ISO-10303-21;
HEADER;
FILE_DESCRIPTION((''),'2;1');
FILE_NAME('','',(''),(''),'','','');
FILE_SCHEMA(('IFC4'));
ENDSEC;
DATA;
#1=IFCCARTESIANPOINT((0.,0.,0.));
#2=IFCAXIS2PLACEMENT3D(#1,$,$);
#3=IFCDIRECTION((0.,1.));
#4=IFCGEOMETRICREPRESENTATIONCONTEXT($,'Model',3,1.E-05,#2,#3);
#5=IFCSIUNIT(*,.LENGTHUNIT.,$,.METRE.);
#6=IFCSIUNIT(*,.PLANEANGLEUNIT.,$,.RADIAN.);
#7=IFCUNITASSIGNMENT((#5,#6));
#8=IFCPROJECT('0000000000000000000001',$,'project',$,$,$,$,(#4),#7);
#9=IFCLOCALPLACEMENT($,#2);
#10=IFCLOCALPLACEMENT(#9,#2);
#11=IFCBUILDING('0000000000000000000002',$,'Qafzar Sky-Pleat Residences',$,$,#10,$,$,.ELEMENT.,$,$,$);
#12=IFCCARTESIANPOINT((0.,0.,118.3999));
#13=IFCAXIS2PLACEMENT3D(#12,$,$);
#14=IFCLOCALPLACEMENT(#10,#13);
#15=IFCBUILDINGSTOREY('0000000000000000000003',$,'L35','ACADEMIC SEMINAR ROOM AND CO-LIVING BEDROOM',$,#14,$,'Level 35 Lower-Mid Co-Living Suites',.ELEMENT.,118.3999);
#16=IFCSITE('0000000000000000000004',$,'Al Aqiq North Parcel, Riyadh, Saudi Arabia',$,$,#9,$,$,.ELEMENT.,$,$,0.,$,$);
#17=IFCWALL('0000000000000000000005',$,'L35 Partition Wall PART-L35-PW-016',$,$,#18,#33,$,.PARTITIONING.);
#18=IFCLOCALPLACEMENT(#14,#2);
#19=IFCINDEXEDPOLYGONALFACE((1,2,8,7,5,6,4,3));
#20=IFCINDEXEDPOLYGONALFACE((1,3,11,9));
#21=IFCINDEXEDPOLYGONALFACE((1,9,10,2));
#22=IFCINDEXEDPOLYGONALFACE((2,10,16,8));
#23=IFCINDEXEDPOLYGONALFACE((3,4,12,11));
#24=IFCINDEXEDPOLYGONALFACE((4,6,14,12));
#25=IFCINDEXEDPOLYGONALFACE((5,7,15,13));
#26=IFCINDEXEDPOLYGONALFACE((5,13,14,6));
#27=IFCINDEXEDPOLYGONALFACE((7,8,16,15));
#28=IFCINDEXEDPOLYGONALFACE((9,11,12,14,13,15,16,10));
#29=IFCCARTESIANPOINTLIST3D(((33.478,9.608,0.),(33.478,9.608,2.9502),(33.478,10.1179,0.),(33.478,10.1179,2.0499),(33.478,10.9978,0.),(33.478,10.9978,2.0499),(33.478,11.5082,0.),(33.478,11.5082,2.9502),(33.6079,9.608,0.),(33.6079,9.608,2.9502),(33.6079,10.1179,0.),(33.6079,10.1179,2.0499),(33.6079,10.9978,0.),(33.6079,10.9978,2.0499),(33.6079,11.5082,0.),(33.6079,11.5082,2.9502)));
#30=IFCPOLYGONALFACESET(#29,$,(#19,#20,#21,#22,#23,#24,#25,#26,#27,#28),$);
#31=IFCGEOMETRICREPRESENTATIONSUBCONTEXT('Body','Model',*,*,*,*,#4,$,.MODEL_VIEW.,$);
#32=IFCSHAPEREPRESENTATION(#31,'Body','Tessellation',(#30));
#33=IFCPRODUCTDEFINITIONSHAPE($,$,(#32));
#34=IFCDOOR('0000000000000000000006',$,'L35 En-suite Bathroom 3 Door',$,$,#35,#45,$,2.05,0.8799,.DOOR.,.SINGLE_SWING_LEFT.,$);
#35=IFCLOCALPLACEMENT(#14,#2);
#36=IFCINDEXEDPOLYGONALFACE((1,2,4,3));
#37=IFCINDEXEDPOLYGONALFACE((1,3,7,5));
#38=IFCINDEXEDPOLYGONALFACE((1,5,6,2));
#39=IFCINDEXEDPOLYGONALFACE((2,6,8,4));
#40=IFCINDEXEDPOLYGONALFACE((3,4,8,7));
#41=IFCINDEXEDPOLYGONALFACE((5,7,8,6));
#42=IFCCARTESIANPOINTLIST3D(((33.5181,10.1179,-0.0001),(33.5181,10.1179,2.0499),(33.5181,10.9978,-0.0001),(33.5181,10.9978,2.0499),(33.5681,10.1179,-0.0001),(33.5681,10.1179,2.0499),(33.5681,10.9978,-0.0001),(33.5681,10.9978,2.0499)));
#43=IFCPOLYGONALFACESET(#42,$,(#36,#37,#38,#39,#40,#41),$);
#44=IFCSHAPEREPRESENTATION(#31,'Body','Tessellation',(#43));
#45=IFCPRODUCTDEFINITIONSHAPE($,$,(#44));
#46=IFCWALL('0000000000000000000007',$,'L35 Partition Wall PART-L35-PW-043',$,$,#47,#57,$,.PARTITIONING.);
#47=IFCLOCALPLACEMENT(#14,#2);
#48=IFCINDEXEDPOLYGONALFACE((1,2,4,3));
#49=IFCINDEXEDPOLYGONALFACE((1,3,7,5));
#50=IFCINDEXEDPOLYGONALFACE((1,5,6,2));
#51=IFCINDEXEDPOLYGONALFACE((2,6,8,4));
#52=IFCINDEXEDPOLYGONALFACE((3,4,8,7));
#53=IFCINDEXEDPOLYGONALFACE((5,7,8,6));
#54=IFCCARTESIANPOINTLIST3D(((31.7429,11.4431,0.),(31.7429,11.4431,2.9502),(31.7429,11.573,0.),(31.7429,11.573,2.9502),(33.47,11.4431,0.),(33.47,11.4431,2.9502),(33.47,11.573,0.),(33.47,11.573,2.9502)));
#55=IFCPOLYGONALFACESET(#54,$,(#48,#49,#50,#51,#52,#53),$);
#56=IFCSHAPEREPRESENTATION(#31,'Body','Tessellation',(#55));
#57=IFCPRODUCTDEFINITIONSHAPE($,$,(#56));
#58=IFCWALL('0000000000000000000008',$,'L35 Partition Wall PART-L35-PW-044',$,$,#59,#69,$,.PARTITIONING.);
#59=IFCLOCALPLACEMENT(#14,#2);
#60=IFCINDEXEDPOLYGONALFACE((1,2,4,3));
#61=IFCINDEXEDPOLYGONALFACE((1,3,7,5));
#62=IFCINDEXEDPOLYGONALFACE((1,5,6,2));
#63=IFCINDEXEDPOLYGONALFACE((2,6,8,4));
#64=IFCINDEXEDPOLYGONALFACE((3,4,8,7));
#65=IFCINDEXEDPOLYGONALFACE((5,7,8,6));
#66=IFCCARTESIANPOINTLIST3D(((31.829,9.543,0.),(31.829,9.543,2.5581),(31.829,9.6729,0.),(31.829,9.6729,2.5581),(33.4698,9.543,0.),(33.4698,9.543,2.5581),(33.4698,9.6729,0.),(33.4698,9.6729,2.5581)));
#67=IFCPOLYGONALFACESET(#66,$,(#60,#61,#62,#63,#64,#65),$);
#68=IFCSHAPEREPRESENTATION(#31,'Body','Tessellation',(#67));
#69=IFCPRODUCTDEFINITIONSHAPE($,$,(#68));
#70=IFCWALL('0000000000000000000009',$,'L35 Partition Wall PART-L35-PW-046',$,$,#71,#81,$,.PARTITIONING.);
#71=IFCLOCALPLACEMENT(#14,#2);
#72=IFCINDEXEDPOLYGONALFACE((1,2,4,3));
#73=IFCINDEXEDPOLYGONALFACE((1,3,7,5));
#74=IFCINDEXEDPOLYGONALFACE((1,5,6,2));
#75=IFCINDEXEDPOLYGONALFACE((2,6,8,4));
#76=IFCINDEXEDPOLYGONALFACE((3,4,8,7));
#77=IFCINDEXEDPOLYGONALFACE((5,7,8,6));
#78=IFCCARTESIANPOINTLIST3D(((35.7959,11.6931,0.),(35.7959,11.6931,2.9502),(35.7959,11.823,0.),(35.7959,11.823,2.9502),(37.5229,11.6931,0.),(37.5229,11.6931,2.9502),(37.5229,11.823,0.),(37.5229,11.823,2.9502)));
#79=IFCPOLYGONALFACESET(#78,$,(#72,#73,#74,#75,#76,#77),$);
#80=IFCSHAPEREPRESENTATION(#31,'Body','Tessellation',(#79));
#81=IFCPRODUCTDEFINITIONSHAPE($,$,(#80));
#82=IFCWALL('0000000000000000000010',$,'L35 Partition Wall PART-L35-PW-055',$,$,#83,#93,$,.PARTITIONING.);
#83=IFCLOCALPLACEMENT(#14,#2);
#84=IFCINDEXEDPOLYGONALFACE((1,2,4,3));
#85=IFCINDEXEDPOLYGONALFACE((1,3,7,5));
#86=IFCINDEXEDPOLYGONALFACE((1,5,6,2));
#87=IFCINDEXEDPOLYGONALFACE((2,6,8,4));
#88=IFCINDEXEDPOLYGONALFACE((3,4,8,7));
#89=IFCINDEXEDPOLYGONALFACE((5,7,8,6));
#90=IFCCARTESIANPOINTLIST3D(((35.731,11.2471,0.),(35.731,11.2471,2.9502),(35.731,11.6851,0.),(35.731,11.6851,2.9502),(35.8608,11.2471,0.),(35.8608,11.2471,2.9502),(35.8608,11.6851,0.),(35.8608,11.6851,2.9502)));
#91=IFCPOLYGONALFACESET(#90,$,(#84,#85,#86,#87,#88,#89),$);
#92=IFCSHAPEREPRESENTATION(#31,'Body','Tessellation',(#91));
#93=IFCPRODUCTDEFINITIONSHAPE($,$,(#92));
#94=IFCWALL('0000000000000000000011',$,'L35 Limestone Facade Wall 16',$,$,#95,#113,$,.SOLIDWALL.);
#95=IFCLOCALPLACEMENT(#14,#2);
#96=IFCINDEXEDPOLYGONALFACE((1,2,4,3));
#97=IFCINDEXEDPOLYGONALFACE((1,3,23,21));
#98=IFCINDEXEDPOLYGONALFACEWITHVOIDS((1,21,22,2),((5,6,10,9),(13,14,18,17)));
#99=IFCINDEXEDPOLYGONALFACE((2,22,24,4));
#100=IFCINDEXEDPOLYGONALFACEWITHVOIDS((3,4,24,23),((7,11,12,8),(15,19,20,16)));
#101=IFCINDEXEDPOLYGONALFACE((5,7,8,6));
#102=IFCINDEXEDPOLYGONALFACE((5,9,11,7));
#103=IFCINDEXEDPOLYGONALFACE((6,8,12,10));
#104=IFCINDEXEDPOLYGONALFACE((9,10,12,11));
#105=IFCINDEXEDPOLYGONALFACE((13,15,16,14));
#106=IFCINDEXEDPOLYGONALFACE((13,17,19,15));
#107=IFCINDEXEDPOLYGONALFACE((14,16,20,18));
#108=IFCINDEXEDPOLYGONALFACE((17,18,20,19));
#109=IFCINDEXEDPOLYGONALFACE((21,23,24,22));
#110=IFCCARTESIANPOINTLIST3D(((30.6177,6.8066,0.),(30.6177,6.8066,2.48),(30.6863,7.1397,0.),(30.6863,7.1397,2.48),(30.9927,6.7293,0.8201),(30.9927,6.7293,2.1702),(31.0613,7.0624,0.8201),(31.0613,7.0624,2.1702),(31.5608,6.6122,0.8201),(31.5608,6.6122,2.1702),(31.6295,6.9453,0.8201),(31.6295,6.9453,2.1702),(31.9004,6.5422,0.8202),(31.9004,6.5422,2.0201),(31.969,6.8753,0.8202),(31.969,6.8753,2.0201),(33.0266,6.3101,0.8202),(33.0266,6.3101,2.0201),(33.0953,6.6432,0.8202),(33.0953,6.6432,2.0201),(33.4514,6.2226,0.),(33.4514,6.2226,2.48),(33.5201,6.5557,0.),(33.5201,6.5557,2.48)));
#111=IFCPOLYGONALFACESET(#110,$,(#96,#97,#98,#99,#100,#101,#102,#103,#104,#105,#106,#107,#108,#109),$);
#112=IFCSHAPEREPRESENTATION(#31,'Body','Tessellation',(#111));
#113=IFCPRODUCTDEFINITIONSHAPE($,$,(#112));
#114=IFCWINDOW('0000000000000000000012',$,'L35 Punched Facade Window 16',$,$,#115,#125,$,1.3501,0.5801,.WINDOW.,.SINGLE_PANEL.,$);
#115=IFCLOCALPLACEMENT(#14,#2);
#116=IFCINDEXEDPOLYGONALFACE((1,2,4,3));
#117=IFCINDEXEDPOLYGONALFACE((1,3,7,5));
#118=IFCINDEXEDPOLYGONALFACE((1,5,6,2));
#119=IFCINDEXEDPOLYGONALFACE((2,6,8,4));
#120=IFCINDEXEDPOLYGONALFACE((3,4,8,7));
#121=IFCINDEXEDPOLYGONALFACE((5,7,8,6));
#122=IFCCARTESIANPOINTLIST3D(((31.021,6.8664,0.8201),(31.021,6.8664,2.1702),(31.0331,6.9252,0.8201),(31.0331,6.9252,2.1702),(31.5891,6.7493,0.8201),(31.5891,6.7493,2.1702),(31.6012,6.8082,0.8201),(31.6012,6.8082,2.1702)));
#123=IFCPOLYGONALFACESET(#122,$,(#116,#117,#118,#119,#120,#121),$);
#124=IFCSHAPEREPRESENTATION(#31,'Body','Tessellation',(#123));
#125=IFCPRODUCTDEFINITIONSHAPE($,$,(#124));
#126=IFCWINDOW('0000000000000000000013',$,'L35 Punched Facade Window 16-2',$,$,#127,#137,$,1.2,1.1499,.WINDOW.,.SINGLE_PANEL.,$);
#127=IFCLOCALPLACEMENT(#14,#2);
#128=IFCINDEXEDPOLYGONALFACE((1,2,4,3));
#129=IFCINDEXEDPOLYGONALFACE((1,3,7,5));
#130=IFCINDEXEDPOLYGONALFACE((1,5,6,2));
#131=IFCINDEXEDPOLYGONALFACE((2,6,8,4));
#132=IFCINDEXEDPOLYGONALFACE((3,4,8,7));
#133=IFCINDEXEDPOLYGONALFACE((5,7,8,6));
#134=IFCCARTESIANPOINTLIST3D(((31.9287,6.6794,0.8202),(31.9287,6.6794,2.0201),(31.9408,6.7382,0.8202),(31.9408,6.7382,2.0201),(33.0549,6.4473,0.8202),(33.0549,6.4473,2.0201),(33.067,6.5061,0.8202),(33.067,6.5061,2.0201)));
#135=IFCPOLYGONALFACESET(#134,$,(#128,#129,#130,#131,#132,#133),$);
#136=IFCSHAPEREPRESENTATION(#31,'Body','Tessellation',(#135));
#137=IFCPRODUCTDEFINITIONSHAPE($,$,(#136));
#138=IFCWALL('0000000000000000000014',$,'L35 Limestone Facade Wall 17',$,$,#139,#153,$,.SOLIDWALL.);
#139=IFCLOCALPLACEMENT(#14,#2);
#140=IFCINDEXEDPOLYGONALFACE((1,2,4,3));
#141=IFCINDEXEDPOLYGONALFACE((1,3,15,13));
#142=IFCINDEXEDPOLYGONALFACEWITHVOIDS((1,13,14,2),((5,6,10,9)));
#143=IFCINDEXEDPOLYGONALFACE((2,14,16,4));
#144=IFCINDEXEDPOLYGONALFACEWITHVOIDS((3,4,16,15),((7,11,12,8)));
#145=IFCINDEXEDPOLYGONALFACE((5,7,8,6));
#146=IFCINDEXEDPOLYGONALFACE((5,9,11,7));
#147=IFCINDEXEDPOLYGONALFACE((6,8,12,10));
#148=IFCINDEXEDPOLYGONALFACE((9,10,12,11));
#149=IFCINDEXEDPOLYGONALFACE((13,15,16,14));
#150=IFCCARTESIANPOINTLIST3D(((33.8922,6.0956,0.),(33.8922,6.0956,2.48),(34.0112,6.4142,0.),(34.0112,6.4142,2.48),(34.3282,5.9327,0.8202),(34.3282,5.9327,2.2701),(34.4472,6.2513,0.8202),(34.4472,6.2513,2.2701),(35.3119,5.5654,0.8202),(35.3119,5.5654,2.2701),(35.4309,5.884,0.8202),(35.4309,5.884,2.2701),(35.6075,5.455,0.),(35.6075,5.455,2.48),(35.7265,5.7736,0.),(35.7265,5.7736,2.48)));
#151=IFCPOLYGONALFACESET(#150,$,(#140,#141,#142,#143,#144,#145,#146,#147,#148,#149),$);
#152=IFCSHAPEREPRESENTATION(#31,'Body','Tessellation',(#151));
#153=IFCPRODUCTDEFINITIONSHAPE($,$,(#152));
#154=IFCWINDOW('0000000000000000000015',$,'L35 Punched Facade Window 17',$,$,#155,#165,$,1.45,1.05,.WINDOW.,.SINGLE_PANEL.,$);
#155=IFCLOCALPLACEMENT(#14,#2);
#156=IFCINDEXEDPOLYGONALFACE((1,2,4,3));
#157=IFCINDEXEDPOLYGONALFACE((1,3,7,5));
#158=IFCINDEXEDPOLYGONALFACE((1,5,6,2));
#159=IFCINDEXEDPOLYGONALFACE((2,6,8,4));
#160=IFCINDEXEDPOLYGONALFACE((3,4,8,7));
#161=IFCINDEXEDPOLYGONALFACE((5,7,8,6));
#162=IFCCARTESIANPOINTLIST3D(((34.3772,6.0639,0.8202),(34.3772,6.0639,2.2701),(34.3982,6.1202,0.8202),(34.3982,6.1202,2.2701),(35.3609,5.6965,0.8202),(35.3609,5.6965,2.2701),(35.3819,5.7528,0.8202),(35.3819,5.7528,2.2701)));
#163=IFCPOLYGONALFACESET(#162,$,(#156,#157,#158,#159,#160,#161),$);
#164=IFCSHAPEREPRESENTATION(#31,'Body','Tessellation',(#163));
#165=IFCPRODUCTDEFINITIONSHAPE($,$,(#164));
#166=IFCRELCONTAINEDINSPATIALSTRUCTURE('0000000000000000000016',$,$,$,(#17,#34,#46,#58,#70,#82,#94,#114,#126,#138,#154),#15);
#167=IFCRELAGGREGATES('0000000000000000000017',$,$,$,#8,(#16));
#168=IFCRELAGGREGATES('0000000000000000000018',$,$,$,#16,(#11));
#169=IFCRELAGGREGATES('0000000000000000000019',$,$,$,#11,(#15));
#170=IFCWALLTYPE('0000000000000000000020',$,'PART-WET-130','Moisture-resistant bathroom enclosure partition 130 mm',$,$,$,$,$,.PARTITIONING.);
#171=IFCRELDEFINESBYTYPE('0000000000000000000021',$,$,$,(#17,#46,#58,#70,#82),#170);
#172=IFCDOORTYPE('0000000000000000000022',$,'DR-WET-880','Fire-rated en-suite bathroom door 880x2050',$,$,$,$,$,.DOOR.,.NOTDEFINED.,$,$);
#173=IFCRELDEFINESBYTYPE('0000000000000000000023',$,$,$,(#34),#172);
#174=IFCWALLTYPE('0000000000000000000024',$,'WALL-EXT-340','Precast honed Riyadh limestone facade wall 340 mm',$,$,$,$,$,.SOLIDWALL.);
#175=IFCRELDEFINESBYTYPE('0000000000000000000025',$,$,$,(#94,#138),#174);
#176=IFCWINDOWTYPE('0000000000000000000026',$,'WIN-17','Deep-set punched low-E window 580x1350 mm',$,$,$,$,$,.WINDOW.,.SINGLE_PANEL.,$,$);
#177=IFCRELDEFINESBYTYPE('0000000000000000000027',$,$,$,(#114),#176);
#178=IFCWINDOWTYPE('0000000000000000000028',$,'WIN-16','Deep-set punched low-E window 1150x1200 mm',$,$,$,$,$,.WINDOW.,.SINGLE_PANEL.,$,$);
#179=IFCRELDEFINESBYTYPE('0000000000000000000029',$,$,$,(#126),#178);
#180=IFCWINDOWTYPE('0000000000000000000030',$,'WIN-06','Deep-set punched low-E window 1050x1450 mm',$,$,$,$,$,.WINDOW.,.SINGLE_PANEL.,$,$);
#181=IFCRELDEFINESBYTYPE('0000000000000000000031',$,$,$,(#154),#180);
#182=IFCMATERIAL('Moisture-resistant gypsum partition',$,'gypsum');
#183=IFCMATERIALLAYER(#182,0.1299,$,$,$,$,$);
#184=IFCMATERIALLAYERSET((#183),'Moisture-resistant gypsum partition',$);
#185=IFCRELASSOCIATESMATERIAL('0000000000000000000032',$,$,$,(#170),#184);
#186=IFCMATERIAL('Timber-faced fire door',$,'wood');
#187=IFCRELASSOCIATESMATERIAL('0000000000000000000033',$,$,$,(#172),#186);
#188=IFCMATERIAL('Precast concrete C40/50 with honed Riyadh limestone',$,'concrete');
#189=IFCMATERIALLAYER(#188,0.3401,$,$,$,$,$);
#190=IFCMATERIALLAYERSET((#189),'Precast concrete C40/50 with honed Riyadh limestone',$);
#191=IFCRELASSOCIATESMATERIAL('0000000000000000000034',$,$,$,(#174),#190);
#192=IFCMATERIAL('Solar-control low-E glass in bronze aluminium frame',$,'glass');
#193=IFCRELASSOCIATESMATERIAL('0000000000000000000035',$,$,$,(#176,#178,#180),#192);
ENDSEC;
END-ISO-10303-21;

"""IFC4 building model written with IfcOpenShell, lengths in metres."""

from ifc_helpers import new_model, si_unit, direction, frame, frame_2d, origin, place, context, subcontext, project, spatial, rectangle, extrude, source, transform, mapped, material, layer, layer_set, type_object, element, fill, save


model = new_model("IFC4")

# Units and contexts
model_context = context("Model", 3, precision=1e-05, world=origin(), true_north=direction((0.0, 1.0)))
body_context = subcontext(model_context, "Body", "Model", "MODEL_VIEW")
ifc_project = project(units=[si_unit("LENGTHUNIT", "METRE"), si_unit("PLANEANGLEUNIT", "RADIAN")], contexts=[model_context])

# Site, building, storey
site_placement = place(None, origin())
site = spatial("IfcSite", under=ifc_project, at=site_placement, Name="Al Aqiq North Parcel, Riyadh, Saudi Arabia", CompositionType="ELEMENT", RefElevation=0.0)
building_placement = place(site_placement, origin())
building = spatial("IfcBuilding", under=site, at=building_placement, Name="Qafzar Sky-Pleat Residences", CompositionType="ELEMENT")
storey_placement = place(building_placement, frame((0.0, 0.0, 118.3999)))
storey = spatial("IfcBuildingStorey", under=building, at=storey_placement, Name="L35", Description="ACADEMIC SEMINAR ROOM AND CO-LIVING BEDROOM", LongName="Level 35 Lower-Mid Co-Living Suites", CompositionType="ELEMENT", Elevation=118.3999)

# Wall, opening, door
ifc_material_1 = material(Name="Moisture-resistant gypsum partition", Category="gypsum")
ifc_layer_1 = layer(ifc_material_1, 0.1299)
ifc_layer_set_1 = layer_set([ifc_layer_1], Name="Moisture-resistant gypsum partition")
wall_type_1 = type_object("IfcWallType", Name="PART-WET-130", Description="Moisture-resistant bathroom enclosure partition 130 mm", PredefinedType="PARTITIONING", material=ifc_layer_set_1)
wall_1_placement = place(storey_placement, frame((33.543, 9.6079, 0.0), z_axis=(0.0, 0.0, 1.0), x_axis=(0.0, 1.0, 0.0)))
wall_1 = element("IfcWall", 1, at=wall_1_placement, inside=storey, type_object=wall_type_1, Name="L35 Partition Wall PART-L35-PW-016", PredefinedType="PARTITIONING", context=body_context, shape_type="SweptSolid", body=[
    extrude(rectangle(XDim=1.9001, YDim=0.1299, at=frame_2d((0.9502, 0.0))), origin(), (0.0, 0.0, 1.0), 2.9502),
])
opening_1_placement = place(wall_1_placement, frame((0.51, 0.0, 0.0)))
opening_1 = element("IfcOpeningElement", 2, at=opening_1_placement, cuts=wall_1, PredefinedType="OPENING", context=body_context, shape_type="SweptSolid", body=[
    extrude(rectangle(XDim=0.8799, YDim=2.05, at=frame_2d((0.4399, 1.0249))), frame((0.0, 0.075, 0.0), z_axis=(0.0, -1.0, 0.0), x_axis=(1.0, 0.0, 0.0)), (0.0, 0.0, 1.0), 0.1499),
])
ifc_material_2 = material(Name="Timber-faced fire door", Category="wood")
door_type = type_object("IfcDoorType", Name="DR-WET-880", Description="Fire-rated en-suite bathroom door 880x2050", OperationType="NOTDEFINED", PredefinedType="DOOR", material=ifc_material_2)
shared_shape_1 = source(origin(), body_context, "Body", "SweptSolid", [
    extrude(rectangle(XDim=0.8799, YDim=2.05, at=frame_2d((0.4399, 1.0249))), frame((0.0, 0.0249, 0.0), z_axis=(0.0, -1.0, 0.0), x_axis=(1.0, 0.0, 0.0)), (0.0, 0.0, 1.0), 0.05),
])
door_placement = place(opening_1_placement, origin())
door = element("IfcDoor", 3, at=door_placement, inside=storey, type_object=door_type, Name="L35 En-suite Bathroom 3 Door", OperationType="SINGLE_SWING_LEFT", OverallHeight=2.05, OverallWidth=0.8799, PredefinedType="DOOR", context=body_context, shape_type="MappedRepresentation", body=[
    mapped(shared_shape_1, transform((0.0, 0.0, 0.0), x_axis=(1.0, 0.0, 0.0), y_axis=(0.0, 1.0, 0.0), z_axis=(0.0, 0.0, 1.0), scale=1.0)),
])
fill(opening_1, door)

# Walls
wall_2_placement = place(storey_placement, frame((31.7429, 11.5081, 0.0), z_axis=(0.0, 0.0, 1.0), x_axis=(1.0, 0.0, 0.0)))
element("IfcWall", 4, at=wall_2_placement, inside=storey, type_object=wall_type_1, Name="L35 Partition Wall PART-L35-PW-043", PredefinedType="PARTITIONING", context=body_context, shape_type="SweptSolid", body=[
    extrude(rectangle(XDim=1.7271, YDim=0.1299, at=frame_2d((0.8635, 0.0))), origin(), (0.0, 0.0, 1.0), 2.9502),
])
wall_3_placement = place(storey_placement, frame((31.8291, 9.6079, 0.0), z_axis=(0.0, 0.0, 1.0), x_axis=(1.0, 0.0, 0.0)))
element("IfcWall", 5, at=wall_3_placement, inside=storey, type_object=wall_type_1, Name="L35 Partition Wall PART-L35-PW-044", PredefinedType="PARTITIONING", context=body_context, shape_type="SweptSolid", body=[
    extrude(rectangle(XDim=1.6409, YDim=0.1299, at=frame_2d((0.8203, 0.0))), origin(), (0.0, 0.0, 1.0), 2.5581),
])
wall_4_placement = place(storey_placement, frame((35.7959, 11.7581, 0.0), z_axis=(0.0, 0.0, 1.0), x_axis=(1.0, 0.0, 0.0)))
element("IfcWall", 6, at=wall_4_placement, inside=storey, type_object=wall_type_1, Name="L35 Partition Wall PART-L35-PW-046", PredefinedType="PARTITIONING", context=body_context, shape_type="SweptSolid", body=[
    extrude(rectangle(XDim=1.7271, YDim=0.1299, at=frame_2d((0.8635, 0.0))), origin(), (0.0, 0.0, 1.0), 2.9502),
])
wall_5_placement = place(storey_placement, frame((35.7959, 11.2471, 0.0), z_axis=(0.0, 0.0, 1.0), x_axis=(0.0, 1.0, 0.0)))
element("IfcWall", 7, at=wall_5_placement, inside=storey, type_object=wall_type_1, Name="L35 Partition Wall PART-L35-PW-055", PredefinedType="PARTITIONING", context=body_context, shape_type="SweptSolid", body=[
    extrude(rectangle(XDim=0.438, YDim=0.1299, at=frame_2d((0.219, 0.0))), origin(), (0.0, 0.0, 1.0), 2.9502),
])

# Wall, openings, windows
ifc_material_3 = material(Name="Precast concrete C40/50 with honed Riyadh limestone", Category="concrete")
ifc_layer_2 = layer(ifc_material_3, 0.3401)
ifc_layer_set_2 = layer_set([ifc_layer_2], Name="Precast concrete C40/50 with honed Riyadh limestone")
wall_type_2 = type_object("IfcWallType", Name="WALL-EXT-340", Description="Precast honed Riyadh limestone facade wall 340 mm", PredefinedType="SOLIDWALL", material=ifc_layer_set_2)
wall_6_placement = place(storey_placement, frame((30.6519, 6.9731, 0.0), z_axis=(0.0, 0.0, 1.0), x_axis=(0.979418, -0.201841, 0.0)))
wall_6 = element("IfcWall", 8, at=wall_6_placement, inside=storey, type_object=wall_type_2, Name="L35 Limestone Facade Wall 16", PredefinedType="SOLIDWALL", context=body_context, shape_type="SweptSolid", body=[
    extrude(rectangle(XDim=2.8933, YDim=0.3401, at=frame_2d((1.4468, 0.0))), origin(), (0.0, 0.0, 1.0), 2.48),
])
opening_2_placement = place(wall_6_placement, frame((0.3831, 0.0, 0.8201)))
opening_2 = element("IfcOpeningElement", 9, at=opening_2_placement, cuts=wall_6, PredefinedType="OPENING", context=body_context, shape_type="SweptSolid", body=[
    extrude(rectangle(XDim=0.5801, YDim=1.3501, at=frame_2d((0.29, 0.675))), frame((0.0, 0.1802, 0.0), z_axis=(0.0, -1.0, 0.0), x_axis=(1.0, 0.0, 0.0)), (0.0, 0.0, 1.0), 0.3601),
])
opening_3_placement = place(wall_6_placement, frame((1.3098, 0.0, 0.8201)))
opening_3 = element("IfcOpeningElement", 10, at=opening_3_placement, cuts=wall_6, PredefinedType="OPENING", context=body_context, shape_type="SweptSolid", body=[
    extrude(rectangle(XDim=1.1499, YDim=1.2, at=frame_2d((0.575, 0.6001))), frame((0.0, 0.1802, 0.0), z_axis=(0.0, -1.0, 0.0), x_axis=(1.0, 0.0, 0.0)), (0.0, 0.0, 1.0), 0.3601),
])
ifc_material_4 = material(Name="Solar-control low-E glass in bronze aluminium frame", Category="glass")
window_type_1 = type_object("IfcWindowType", Name="WIN-17", Description="Deep-set punched low-E window 580x1350 mm", PartitioningType="SINGLE_PANEL", PredefinedType="WINDOW", material=ifc_material_4)
shared_shape_2 = source(origin(), body_context, "Body", "SweptSolid", [
    extrude(rectangle(XDim=0.5801, YDim=1.3501, at=frame_2d((0.29, 0.675))), frame((0.0, 0.03, 0.0), z_axis=(0.0, -1.0, 0.0), x_axis=(1.0, 0.0, 0.0)), (0.0, 0.0, 1.0), 0.0601),
])
window_1_placement = place(opening_2_placement, origin())
window_1 = element("IfcWindow", 11, at=window_1_placement, inside=storey, type_object=window_type_1, Name="L35 Punched Facade Window 16", OverallHeight=1.3501, OverallWidth=0.5801, PartitioningType="SINGLE_PANEL", PredefinedType="WINDOW", context=body_context, shape_type="MappedRepresentation", body=[
    mapped(shared_shape_2, transform((0.0, 0.0, 0.0), x_axis=(1.0, 0.0, 0.0), y_axis=(0.0, 1.0, 0.0), z_axis=(0.0, 0.0, 1.0), scale=1.0)),
])
fill(opening_2, window_1)
window_type_2 = type_object("IfcWindowType", Name="WIN-16", Description="Deep-set punched low-E window 1150x1200 mm", PartitioningType="SINGLE_PANEL", PredefinedType="WINDOW", material=ifc_material_4)
shared_shape_3 = source(origin(), body_context, "Body", "SweptSolid", [
    extrude(rectangle(XDim=1.1499, YDim=1.2, at=frame_2d((0.575, 0.6001))), frame((0.0, 0.03, 0.0), z_axis=(0.0, -1.0, 0.0), x_axis=(1.0, 0.0, 0.0)), (0.0, 0.0, 1.0), 0.0601),
])
window_2_placement = place(opening_3_placement, origin())
window_2 = element("IfcWindow", 12, at=window_2_placement, inside=storey, type_object=window_type_2, Name="L35 Punched Facade Window 16-2", OverallHeight=1.2, OverallWidth=1.1499, PartitioningType="SINGLE_PANEL", PredefinedType="WINDOW", context=body_context, shape_type="MappedRepresentation", body=[
    mapped(shared_shape_3, transform((0.0, 0.0, 0.0), x_axis=(1.0, 0.0, 0.0), y_axis=(0.0, 1.0, 0.0), z_axis=(0.0, 0.0, 1.0), scale=1.0)),
])
fill(opening_3, window_2)

# Wall, opening, window
wall_7_placement = place(storey_placement, frame((33.9517, 6.2549, 0.0), z_axis=(0.0, 0.0, 1.0), x_axis=(0.9368, -0.349867, 0.0)))
wall_7 = element("IfcWall", 13, at=wall_7_placement, inside=storey, type_object=wall_type_2, Name="L35 Limestone Facade Wall 17", PredefinedType="SOLIDWALL", context=body_context, shape_type="SweptSolid", body=[
    extrude(rectangle(XDim=1.8311, YDim=0.3401, at=frame_2d((0.9155, 0.0))), origin(), (0.0, 0.0, 1.0), 2.48),
])
opening_4_placement = place(wall_7_placement, frame((0.4656, 0.0, 0.8201)))
opening_4 = element("IfcOpeningElement", 14, at=opening_4_placement, cuts=wall_7, PredefinedType="OPENING", context=body_context, shape_type="SweptSolid", body=[
    extrude(rectangle(XDim=1.05, YDim=1.45, at=frame_2d((0.5249, 0.7251))), frame((0.0, 0.1802, 0.0), z_axis=(0.0, -1.0, 0.0), x_axis=(1.0, 0.0, 0.0)), (0.0, 0.0, 1.0), 0.3601),
])
window_type_3 = type_object("IfcWindowType", Name="WIN-06", Description="Deep-set punched low-E window 1050x1450 mm", PartitioningType="SINGLE_PANEL", PredefinedType="WINDOW", material=ifc_material_4)
shared_shape_4 = source(origin(), body_context, "Body", "SweptSolid", [
    extrude(rectangle(XDim=1.05, YDim=1.45, at=frame_2d((0.5249, 0.7251))), frame((0.0, 0.03, 0.0), z_axis=(0.0, -1.0, 0.0), x_axis=(1.0, 0.0, 0.0)), (0.0, 0.0, 1.0), 0.0601),
])
window_3_placement = place(opening_4_placement, origin())
window_3 = element("IfcWindow", 15, at=window_3_placement, inside=storey, type_object=window_type_3, Name="L35 Punched Facade Window 17", OverallHeight=1.45, OverallWidth=1.05, PartitioningType="SINGLE_PANEL", PredefinedType="WINDOW", context=body_context, shape_type="MappedRepresentation", body=[
    mapped(shared_shape_4, transform((0.0, 0.0, 0.0), x_axis=(1.0, 0.0, 0.0), y_axis=(0.0, 1.0, 0.0), z_axis=(0.0, 0.0, 1.0), scale=1.0)),
])
fill(opening_4, window_3)

save(model, "model.ifc")
